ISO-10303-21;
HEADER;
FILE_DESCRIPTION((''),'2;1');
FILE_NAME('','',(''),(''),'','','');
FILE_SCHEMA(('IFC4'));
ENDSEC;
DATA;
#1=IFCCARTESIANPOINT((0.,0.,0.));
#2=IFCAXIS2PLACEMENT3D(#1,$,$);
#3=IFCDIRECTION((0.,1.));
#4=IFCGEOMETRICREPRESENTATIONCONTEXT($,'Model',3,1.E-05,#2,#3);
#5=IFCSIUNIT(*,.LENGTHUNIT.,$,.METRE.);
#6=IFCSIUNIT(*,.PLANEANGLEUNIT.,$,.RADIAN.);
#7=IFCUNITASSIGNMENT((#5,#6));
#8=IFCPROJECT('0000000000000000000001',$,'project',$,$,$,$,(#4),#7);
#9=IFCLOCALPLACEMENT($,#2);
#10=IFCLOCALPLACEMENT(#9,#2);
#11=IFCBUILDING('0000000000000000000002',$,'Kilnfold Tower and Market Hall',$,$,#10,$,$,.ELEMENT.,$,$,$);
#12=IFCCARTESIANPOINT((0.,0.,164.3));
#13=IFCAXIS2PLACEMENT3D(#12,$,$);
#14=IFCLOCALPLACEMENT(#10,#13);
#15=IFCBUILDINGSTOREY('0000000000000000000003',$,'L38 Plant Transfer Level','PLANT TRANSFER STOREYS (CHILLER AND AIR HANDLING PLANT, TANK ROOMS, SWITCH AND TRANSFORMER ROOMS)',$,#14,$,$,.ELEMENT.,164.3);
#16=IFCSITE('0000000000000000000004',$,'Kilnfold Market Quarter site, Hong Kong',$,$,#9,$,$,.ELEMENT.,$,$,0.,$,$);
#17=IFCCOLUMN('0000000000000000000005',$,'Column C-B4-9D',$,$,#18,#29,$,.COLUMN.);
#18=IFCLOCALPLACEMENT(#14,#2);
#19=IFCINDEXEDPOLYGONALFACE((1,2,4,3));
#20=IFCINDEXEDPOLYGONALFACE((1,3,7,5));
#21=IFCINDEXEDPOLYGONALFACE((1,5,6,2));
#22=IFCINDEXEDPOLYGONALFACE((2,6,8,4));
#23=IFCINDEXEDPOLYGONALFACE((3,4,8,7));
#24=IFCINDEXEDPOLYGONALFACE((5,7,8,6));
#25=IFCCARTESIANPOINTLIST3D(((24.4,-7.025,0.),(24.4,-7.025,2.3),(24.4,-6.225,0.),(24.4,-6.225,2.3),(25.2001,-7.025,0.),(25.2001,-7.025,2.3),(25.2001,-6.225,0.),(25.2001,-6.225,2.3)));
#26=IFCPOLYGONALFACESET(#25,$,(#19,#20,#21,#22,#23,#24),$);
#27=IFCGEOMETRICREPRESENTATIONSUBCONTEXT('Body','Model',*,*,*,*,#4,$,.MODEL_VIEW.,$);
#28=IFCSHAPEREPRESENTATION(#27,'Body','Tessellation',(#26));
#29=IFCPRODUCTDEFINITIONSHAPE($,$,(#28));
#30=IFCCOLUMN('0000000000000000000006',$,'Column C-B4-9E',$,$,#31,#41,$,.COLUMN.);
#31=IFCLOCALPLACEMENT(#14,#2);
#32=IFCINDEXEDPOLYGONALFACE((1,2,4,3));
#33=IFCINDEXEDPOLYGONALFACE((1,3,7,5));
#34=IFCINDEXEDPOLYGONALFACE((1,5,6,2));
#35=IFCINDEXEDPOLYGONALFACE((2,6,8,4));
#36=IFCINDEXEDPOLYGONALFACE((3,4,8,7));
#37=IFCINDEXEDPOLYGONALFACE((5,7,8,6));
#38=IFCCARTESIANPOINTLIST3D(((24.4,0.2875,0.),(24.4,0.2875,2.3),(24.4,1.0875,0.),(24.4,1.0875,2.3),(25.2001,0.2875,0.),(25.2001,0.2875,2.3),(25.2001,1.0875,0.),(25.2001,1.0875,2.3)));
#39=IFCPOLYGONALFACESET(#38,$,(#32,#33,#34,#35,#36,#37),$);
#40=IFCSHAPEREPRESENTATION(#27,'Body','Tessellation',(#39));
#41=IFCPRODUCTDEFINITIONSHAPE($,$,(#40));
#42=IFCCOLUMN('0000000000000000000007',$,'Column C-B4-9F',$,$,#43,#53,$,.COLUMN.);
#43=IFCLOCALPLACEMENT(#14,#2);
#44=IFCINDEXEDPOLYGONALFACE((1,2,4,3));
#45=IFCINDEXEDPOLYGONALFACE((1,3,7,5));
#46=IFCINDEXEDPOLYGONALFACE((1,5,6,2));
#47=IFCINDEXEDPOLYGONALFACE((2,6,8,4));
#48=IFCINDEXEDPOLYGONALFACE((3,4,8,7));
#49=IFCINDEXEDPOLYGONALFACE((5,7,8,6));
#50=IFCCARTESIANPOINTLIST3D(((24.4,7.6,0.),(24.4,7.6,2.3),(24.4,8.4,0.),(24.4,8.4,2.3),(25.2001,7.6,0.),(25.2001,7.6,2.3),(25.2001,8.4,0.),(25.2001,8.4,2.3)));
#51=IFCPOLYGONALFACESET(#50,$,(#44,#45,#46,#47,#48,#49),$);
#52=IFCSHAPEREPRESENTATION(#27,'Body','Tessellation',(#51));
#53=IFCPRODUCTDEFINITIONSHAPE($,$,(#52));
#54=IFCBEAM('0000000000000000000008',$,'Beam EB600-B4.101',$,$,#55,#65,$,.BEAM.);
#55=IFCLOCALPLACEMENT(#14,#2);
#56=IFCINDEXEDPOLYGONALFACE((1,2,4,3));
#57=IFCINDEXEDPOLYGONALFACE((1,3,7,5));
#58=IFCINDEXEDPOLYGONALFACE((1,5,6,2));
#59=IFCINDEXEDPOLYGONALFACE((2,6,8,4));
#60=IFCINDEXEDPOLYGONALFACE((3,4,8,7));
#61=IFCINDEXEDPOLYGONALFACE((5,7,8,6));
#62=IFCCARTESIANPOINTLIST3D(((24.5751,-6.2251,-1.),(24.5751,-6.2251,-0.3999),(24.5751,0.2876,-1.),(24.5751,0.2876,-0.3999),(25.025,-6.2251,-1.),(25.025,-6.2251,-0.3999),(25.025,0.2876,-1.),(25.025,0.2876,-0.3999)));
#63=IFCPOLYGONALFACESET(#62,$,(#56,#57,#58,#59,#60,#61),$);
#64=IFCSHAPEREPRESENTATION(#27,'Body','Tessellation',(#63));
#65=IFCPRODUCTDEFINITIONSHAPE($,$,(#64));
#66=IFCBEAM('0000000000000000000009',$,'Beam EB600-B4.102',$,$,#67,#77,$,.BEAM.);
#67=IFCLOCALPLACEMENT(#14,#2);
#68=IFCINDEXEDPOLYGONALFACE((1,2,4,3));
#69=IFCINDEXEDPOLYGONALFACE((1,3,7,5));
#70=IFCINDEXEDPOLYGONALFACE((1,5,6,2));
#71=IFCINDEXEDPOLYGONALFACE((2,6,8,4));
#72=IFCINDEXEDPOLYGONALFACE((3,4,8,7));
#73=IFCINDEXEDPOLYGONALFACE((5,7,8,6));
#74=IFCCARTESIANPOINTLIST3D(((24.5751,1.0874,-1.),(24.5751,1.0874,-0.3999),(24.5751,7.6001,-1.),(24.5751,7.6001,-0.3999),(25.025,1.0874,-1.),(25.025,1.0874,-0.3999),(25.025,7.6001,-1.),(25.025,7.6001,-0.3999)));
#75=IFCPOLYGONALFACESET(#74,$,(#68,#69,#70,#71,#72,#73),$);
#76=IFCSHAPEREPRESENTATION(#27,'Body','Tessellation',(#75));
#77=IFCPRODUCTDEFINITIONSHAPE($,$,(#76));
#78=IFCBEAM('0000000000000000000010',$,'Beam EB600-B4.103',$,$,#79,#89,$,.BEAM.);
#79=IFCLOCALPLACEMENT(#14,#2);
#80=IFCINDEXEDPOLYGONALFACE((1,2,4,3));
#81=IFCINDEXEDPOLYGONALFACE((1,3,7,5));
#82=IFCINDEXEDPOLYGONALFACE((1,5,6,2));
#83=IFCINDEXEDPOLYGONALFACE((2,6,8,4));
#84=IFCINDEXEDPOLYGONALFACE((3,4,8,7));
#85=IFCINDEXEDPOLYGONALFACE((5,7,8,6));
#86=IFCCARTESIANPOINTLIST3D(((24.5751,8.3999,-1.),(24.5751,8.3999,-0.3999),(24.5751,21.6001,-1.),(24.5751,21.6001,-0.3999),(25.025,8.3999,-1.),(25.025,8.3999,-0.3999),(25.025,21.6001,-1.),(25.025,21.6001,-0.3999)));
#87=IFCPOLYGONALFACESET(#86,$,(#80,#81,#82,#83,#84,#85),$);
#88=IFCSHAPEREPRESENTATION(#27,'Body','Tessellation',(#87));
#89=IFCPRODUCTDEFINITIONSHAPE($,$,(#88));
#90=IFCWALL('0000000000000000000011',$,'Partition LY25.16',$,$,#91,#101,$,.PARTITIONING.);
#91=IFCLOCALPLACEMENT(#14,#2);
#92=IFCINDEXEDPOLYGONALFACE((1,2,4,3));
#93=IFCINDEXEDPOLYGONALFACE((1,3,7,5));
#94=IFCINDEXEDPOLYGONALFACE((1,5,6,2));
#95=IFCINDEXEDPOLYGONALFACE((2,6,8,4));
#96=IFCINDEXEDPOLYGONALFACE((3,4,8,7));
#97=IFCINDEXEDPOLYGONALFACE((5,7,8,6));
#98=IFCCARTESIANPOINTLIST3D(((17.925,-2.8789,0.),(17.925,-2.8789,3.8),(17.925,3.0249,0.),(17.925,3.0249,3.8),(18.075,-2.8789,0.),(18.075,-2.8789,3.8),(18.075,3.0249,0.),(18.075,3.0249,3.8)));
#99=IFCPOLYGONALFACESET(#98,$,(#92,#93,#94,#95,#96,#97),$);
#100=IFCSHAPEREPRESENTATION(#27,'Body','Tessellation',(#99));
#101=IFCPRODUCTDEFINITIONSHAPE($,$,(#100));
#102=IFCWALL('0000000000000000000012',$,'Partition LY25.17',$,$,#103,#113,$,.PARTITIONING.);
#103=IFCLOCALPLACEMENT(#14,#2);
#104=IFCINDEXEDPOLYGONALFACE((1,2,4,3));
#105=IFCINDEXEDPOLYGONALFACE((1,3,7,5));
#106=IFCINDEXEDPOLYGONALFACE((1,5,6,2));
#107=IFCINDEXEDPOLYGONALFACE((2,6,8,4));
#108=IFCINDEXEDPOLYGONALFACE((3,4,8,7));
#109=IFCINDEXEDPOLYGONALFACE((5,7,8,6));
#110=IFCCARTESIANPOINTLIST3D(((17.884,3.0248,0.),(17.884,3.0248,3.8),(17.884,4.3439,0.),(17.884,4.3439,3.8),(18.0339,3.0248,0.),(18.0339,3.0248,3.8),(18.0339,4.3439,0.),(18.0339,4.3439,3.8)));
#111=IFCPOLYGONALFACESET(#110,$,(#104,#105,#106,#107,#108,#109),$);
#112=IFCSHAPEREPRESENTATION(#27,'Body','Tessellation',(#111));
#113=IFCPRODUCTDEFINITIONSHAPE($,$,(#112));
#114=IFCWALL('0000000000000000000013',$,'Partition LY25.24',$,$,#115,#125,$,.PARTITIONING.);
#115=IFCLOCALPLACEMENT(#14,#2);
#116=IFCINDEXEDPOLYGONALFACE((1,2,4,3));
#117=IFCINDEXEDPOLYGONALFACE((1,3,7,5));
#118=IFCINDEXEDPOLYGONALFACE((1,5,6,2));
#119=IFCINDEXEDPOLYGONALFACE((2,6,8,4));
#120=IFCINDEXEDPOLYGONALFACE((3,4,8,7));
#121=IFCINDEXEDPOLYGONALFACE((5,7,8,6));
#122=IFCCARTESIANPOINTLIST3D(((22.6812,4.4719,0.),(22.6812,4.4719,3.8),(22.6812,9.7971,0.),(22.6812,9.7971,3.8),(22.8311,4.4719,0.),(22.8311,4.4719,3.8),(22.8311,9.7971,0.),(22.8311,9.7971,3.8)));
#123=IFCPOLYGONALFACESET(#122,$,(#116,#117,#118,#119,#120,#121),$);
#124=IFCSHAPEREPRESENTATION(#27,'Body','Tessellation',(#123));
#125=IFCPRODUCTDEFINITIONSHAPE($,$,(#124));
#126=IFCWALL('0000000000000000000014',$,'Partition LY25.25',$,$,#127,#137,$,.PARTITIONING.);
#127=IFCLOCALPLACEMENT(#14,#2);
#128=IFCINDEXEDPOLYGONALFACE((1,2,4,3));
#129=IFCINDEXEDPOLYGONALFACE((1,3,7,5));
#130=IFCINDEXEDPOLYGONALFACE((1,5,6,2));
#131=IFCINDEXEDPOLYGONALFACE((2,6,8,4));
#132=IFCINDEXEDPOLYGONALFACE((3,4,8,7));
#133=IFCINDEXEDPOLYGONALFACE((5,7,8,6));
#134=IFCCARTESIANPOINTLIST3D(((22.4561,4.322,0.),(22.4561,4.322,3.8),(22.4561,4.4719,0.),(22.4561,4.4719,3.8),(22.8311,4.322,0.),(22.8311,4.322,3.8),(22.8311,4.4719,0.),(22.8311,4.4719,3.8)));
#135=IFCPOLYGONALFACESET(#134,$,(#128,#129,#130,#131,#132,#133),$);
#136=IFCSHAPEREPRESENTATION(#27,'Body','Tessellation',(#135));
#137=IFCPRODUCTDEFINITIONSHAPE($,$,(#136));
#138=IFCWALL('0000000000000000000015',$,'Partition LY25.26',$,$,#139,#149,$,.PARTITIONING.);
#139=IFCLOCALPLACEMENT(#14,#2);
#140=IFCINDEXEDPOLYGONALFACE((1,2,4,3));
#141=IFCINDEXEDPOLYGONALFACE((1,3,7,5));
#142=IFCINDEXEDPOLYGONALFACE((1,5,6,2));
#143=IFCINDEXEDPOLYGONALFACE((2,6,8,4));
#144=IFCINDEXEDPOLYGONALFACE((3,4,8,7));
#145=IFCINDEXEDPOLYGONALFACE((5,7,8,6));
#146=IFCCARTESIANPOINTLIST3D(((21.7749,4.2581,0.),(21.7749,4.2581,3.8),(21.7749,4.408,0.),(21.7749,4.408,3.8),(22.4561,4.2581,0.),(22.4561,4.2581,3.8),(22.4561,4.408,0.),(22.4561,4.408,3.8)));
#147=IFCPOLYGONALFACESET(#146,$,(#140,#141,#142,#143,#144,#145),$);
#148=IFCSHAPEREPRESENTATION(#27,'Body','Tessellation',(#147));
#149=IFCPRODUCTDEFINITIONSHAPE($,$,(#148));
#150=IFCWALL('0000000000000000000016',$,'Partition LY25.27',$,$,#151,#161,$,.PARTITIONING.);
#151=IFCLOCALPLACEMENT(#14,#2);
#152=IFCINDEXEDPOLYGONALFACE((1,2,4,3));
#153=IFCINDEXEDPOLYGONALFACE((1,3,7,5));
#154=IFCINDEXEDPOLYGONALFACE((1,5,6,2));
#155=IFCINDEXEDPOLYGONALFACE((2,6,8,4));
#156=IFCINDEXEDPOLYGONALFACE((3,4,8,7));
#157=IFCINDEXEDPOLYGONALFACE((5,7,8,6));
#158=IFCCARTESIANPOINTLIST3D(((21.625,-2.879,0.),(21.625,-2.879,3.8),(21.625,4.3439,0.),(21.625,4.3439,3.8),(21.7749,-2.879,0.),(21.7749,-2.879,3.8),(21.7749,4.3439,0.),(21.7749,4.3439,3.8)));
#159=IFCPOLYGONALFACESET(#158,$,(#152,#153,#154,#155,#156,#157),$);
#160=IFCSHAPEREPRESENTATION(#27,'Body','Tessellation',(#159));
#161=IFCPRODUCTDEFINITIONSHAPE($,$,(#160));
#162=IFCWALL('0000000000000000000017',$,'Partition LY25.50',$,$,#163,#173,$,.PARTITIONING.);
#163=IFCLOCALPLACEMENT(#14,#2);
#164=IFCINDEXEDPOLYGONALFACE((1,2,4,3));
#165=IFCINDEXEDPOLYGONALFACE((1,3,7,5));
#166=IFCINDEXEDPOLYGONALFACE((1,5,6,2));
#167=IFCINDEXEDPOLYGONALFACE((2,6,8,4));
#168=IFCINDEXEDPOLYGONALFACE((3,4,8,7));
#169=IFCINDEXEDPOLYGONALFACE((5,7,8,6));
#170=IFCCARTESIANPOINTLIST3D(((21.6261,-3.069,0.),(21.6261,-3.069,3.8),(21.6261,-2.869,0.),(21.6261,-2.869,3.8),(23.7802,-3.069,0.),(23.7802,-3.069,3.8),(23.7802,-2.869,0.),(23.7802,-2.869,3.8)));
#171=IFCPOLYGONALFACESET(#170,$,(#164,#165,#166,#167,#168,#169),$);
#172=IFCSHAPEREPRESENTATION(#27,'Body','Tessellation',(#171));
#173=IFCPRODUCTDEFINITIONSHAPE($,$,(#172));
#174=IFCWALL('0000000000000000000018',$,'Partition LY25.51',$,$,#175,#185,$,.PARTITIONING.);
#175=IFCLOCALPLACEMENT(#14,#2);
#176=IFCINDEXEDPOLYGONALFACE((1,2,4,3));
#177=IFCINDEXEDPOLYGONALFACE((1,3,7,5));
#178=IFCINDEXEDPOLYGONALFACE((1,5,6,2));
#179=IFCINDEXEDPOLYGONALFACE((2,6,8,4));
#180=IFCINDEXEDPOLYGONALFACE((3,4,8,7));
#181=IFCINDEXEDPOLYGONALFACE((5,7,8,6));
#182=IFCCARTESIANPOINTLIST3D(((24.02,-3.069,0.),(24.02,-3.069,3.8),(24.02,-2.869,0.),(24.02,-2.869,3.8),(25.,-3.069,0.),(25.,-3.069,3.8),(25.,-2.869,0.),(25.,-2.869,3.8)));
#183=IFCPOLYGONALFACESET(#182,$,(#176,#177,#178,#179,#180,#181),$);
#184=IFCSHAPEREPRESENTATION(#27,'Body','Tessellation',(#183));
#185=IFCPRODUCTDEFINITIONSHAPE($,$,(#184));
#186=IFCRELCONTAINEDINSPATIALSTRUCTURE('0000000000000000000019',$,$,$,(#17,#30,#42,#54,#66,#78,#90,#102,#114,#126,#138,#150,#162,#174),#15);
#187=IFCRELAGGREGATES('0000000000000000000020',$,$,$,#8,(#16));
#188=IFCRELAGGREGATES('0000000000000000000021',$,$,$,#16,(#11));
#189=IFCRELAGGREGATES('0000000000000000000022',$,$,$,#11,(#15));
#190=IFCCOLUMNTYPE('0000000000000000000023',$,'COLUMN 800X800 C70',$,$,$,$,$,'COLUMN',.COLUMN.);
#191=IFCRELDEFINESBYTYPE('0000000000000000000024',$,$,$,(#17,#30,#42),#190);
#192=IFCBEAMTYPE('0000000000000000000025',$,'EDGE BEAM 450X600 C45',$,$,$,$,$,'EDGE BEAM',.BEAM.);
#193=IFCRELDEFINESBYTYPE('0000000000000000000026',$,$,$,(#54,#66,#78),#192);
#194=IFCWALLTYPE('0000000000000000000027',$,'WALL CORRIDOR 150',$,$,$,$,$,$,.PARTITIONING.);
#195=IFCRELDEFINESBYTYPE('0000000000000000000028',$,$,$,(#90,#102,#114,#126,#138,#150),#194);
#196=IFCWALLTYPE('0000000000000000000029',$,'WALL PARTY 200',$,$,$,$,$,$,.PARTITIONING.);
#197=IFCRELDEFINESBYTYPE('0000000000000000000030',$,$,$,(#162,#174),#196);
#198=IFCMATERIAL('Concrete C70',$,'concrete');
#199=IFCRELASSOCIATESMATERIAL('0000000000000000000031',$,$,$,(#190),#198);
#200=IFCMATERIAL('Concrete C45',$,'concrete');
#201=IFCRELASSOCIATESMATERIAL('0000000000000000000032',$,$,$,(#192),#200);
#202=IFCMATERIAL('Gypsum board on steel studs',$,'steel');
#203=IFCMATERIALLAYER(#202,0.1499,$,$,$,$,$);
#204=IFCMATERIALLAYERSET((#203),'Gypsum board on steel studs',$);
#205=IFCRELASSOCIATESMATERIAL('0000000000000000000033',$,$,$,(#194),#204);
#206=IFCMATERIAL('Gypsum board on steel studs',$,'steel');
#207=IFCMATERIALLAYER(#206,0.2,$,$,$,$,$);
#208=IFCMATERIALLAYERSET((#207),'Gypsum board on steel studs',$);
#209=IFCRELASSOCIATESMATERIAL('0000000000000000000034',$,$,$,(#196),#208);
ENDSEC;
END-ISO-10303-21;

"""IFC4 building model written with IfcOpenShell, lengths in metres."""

from ifc_helpers import new_model, si_unit, direction, frame, frame_2d, origin, origin_2d, place, context, subcontext, project, spatial, rectangle, extrude, source, transform, mapped, material, layer, layer_set, material_profile, profile_set, type_object, element, save


model = new_model("IFC4")

# Units and contexts
model_context = context("Model", 3, precision=1e-05, world=origin(), true_north=direction((0.0, 1.0)))
body_context = subcontext(model_context, "Body", "Model", "MODEL_VIEW")
ifc_project = project(units=[si_unit("LENGTHUNIT", "METRE"), si_unit("PLANEANGLEUNIT", "RADIAN")], contexts=[model_context])

# Site, building, storey
site_placement = place(None, origin())
site = spatial("IfcSite", under=ifc_project, at=site_placement, Name="Kilnfold Market Quarter site, Hong Kong", CompositionType="ELEMENT", RefElevation=0.0)
building_placement = place(site_placement, origin())
building = spatial("IfcBuilding", under=site, at=building_placement, Name="Kilnfold Tower and Market Hall", CompositionType="ELEMENT")
storey_placement = place(building_placement, frame((0.0, 0.0, 164.3)))
storey = spatial("IfcBuildingStorey", under=building, at=storey_placement, Name="L38 Plant Transfer Level", Description="PLANT TRANSFER STOREYS (CHILLER AND AIR HANDLING PLANT, TANK ROOMS, SWITCH AND TRANSFORMER ROOMS)", CompositionType="ELEMENT", Elevation=164.3)

# Columns
ifc_material_1 = material(Name="Concrete C70", Category="concrete")
ifc_material_profile_1 = material_profile(ifc_material_1, rectangle(XDim=0.8, YDim=0.8, at=origin_2d()), Name="RC 800x800")
ifc_profile_set_1 = profile_set([ifc_material_profile_1], Name="Concrete C70")
column_type = type_object("IfcColumnType", Name="COLUMN 800X800 C70", ElementType="COLUMN", PredefinedType="COLUMN", material=ifc_profile_set_1)
shared_shape_1 = source(origin(), body_context, "Body", "SweptSolid", [
    extrude(rectangle(XDim=0.8, YDim=0.8, at=origin_2d()), origin(), (0.0, 0.0, 1.0), 2.3),
])
for number, where, z_axis, x_axis, name in (
    (1, (24.8, -6.625, 0.0), (0.0, 0.0, 1.0), (1.0, 0.0, 0.0), "Column C-B4-9D"),
    (2, (24.8, 0.6875, 0.0), (0.0, 0.0, 1.0), (1.0, 0.0, 0.0), "Column C-B4-9E"),
    (3, (24.8, 8.0, 0.0), (0.0, 0.0, 1.0), (1.0, 0.0, 0.0), "Column C-B4-9F"),
):
    element("IfcColumn", number, at=place(storey_placement, frame(where, z_axis=z_axis, x_axis=x_axis)), inside=storey, type_object=column_type, Name=name, PredefinedType="COLUMN", context=body_context, shape_type="MappedRepresentation", body=[
        mapped(shared_shape_1, transform((0.0, 0.0, 0.0))),
    ])

# Beams
ifc_material_2 = material(Name="Concrete C45", Category="concrete")
ifc_material_profile_2 = material_profile(ifc_material_2, rectangle(XDim=0.45, YDim=0.6001, at=origin_2d()), Name="RC 450x600")
ifc_profile_set_2 = profile_set([ifc_material_profile_2], Name="Concrete C45")
beam_type = type_object("IfcBeamType", Name="EDGE BEAM 450X600 C45", ElementType="EDGE BEAM", PredefinedType="BEAM", material=ifc_profile_set_2)
shared_shape_2 = source(origin(), body_context, "Body", "SweptSolid", [
    extrude(rectangle(XDim=0.45, YDim=0.6001, at=origin_2d()), origin(), (0.0, 0.0, 1.0), 6.5127),
])
for number, where, z_axis, x_axis, name in (
    (4, (24.8, -6.2251, -0.7), (0.0, 1.0, 0.0), (-1.0, 0.0, 0.0), "Beam EB600-B4.101"),
    (5, (24.8, 1.0874, -0.7), (0.0, 1.0, 0.0), (-1.0, 0.0, 0.0), "Beam EB600-B4.102"),
):
    element("IfcBeam", number, at=place(storey_placement, frame(where, z_axis=z_axis, x_axis=x_axis)), inside=storey, type_object=beam_type, Name=name, PredefinedType="BEAM", context=body_context, shape_type="MappedRepresentation", body=[
        mapped(shared_shape_2, transform((0.0, 0.0, 0.0))),
    ])
shared_shape_3 = source(origin(), body_context, "Body", "SweptSolid", [
    extrude(rectangle(XDim=0.45, YDim=0.6001, at=origin_2d()), origin(), (0.0, 0.0, 1.0), 13.2002),
])
beam_placement = place(storey_placement, frame((24.8, 8.3999, -0.7), z_axis=(0.0, 1.0, 0.0), x_axis=(-1.0, 0.0, 0.0)))
element("IfcBeam", 6, at=beam_placement, inside=storey, type_object=beam_type, Name="Beam EB600-B4.103", PredefinedType="BEAM", context=body_context, shape_type="MappedRepresentation", body=[
    mapped(shared_shape_3, transform((0.0, 0.0, 0.0))),
])

# Walls
ifc_material_3 = material(Name="Gypsum board on steel studs", Category="steel")
ifc_layer_1 = layer(ifc_material_3, 0.1499)
ifc_layer_set_1 = layer_set([ifc_layer_1], Name="Gypsum board on steel studs")
wall_type_1 = type_object("IfcWallType", Name="WALL CORRIDOR 150", PredefinedType="PARTITIONING", material=ifc_layer_set_1)
wall_1_placement = place(storey_placement, frame((18.0, -2.8789, 0.0), z_axis=(0.0, 0.0, 1.0), x_axis=(0.0, 1.0, 0.0)))
element("IfcWall", 7, at=wall_1_placement, inside=storey, type_object=wall_type_1, Name="Partition LY25.16", PredefinedType="PARTITIONING", context=body_context, shape_type="SweptSolid", body=[
    extrude(rectangle(XDim=5.9038, YDim=0.1499, at=frame_2d((2.9519, 0.0))), origin(), (0.0, 0.0, 1.0), 3.8),
])
wall_2_placement = place(storey_placement, frame((17.959, 4.344, 0.0), z_axis=(0.0, 0.0, 1.0), x_axis=(0.0, -1.0, 0.0)))
element("IfcWall", 8, at=wall_2_placement, inside=storey, type_object=wall_type_1, Name="Partition LY25.17", PredefinedType="PARTITIONING", context=body_context, shape_type="SweptSolid", body=[
    extrude(rectangle(XDim=1.3191, YDim=0.1499, at=frame_2d((0.6597, 0.0))), origin(), (0.0, 0.0, 1.0), 3.8),
])
wall_3_placement = place(storey_placement, frame((22.7561, 4.4719, 0.0), z_axis=(0.0, 0.0, 1.0), x_axis=(0.0, 1.0, 0.0)))
element("IfcWall", 9, at=wall_3_placement, inside=storey, type_object=wall_type_1, Name="Partition LY25.24", PredefinedType="PARTITIONING", context=body_context, shape_type="SweptSolid", body=[
    extrude(rectangle(XDim=5.3252, YDim=0.1499, at=frame_2d((2.6626, 0.0))), origin(), (0.0, 0.0, 1.0), 3.8),
])
wall_4_placement = place(storey_placement, frame((22.4561, 4.397, 0.0), z_axis=(0.0, 0.0, 1.0), x_axis=(1.0, 0.0, 0.0)))
element("IfcWall", 10, at=wall_4_placement, inside=storey, type_object=wall_type_1, Name="Partition LY25.25", PredefinedType="PARTITIONING", context=body_context, shape_type="SweptSolid", body=[
    extrude(rectangle(XDim=0.375, YDim=0.1499, at=frame_2d((0.1875, 0.0))), origin(), (0.0, 0.0, 1.0), 3.8),
])
wall_5_placement = place(storey_placement, frame((21.7749, 4.333, 0.0), z_axis=(0.0, 0.0, 1.0), x_axis=(1.0, 0.0, 0.0)))
element("IfcWall", 11, at=wall_5_placement, inside=storey, type_object=wall_type_1, Name="Partition LY25.26", PredefinedType="PARTITIONING", context=body_context, shape_type="SweptSolid", body=[
    extrude(rectangle(XDim=0.6812, YDim=0.1499, at=frame_2d((0.3406, 0.0))), origin(), (0.0, 0.0, 1.0), 3.8),
])
wall_6_placement = place(storey_placement, frame((21.7, -2.8789, 0.0), z_axis=(0.0, 0.0, 1.0), x_axis=(0.0, 1.0, 0.0)))
element("IfcWall", 12, at=wall_6_placement, inside=storey, type_object=wall_type_1, Name="Partition LY25.27", PredefinedType="PARTITIONING", context=body_context, shape_type="SweptSolid", body=[
    extrude(rectangle(XDim=7.2229, YDim=0.1499, at=frame_2d((3.6113, 0.0))), origin(), (0.0, 0.0, 1.0), 3.8),
])
ifc_material_4 = material(Name="Gypsum board on steel studs", Category="steel")
ifc_layer_2 = layer(ifc_material_4, 0.2)
ifc_layer_set_2 = layer_set([ifc_layer_2], Name="Gypsum board on steel studs")
wall_type_2 = type_object("IfcWallType", Name="WALL PARTY 200", PredefinedType="PARTITIONING", material=ifc_layer_set_2)
wall_7_placement = place(storey_placement, frame((21.626, -2.969, 0.0), z_axis=(0.0, 0.0, 1.0), x_axis=(1.0, 0.0, 0.0)))
element("IfcWall", 13, at=wall_7_placement, inside=storey, type_object=wall_type_2, Name="Partition LY25.50", PredefinedType="PARTITIONING", context=body_context, shape_type="SweptSolid", body=[
    extrude(rectangle(XDim=2.1541, YDim=0.2, at=frame_2d((1.0771, 0.0))), origin(), (0.0, 0.0, 1.0), 3.8),
])
wall_8_placement = place(storey_placement, frame((24.02, -2.969, 0.0), z_axis=(0.0, 0.0, 1.0), x_axis=(1.0, 0.0, 0.0)))
element("IfcWall", 14, at=wall_8_placement, inside=storey, type_object=wall_type_2, Name="Partition LY25.51", PredefinedType="PARTITIONING", context=body_context, shape_type="SweptSolid", body=[
    extrude(rectangle(XDim=0.98, YDim=0.2, at=frame_2d((0.49, 0.0))), origin(), (0.0, 0.0, 1.0), 3.8),
])

save(model, "model.ifc")
